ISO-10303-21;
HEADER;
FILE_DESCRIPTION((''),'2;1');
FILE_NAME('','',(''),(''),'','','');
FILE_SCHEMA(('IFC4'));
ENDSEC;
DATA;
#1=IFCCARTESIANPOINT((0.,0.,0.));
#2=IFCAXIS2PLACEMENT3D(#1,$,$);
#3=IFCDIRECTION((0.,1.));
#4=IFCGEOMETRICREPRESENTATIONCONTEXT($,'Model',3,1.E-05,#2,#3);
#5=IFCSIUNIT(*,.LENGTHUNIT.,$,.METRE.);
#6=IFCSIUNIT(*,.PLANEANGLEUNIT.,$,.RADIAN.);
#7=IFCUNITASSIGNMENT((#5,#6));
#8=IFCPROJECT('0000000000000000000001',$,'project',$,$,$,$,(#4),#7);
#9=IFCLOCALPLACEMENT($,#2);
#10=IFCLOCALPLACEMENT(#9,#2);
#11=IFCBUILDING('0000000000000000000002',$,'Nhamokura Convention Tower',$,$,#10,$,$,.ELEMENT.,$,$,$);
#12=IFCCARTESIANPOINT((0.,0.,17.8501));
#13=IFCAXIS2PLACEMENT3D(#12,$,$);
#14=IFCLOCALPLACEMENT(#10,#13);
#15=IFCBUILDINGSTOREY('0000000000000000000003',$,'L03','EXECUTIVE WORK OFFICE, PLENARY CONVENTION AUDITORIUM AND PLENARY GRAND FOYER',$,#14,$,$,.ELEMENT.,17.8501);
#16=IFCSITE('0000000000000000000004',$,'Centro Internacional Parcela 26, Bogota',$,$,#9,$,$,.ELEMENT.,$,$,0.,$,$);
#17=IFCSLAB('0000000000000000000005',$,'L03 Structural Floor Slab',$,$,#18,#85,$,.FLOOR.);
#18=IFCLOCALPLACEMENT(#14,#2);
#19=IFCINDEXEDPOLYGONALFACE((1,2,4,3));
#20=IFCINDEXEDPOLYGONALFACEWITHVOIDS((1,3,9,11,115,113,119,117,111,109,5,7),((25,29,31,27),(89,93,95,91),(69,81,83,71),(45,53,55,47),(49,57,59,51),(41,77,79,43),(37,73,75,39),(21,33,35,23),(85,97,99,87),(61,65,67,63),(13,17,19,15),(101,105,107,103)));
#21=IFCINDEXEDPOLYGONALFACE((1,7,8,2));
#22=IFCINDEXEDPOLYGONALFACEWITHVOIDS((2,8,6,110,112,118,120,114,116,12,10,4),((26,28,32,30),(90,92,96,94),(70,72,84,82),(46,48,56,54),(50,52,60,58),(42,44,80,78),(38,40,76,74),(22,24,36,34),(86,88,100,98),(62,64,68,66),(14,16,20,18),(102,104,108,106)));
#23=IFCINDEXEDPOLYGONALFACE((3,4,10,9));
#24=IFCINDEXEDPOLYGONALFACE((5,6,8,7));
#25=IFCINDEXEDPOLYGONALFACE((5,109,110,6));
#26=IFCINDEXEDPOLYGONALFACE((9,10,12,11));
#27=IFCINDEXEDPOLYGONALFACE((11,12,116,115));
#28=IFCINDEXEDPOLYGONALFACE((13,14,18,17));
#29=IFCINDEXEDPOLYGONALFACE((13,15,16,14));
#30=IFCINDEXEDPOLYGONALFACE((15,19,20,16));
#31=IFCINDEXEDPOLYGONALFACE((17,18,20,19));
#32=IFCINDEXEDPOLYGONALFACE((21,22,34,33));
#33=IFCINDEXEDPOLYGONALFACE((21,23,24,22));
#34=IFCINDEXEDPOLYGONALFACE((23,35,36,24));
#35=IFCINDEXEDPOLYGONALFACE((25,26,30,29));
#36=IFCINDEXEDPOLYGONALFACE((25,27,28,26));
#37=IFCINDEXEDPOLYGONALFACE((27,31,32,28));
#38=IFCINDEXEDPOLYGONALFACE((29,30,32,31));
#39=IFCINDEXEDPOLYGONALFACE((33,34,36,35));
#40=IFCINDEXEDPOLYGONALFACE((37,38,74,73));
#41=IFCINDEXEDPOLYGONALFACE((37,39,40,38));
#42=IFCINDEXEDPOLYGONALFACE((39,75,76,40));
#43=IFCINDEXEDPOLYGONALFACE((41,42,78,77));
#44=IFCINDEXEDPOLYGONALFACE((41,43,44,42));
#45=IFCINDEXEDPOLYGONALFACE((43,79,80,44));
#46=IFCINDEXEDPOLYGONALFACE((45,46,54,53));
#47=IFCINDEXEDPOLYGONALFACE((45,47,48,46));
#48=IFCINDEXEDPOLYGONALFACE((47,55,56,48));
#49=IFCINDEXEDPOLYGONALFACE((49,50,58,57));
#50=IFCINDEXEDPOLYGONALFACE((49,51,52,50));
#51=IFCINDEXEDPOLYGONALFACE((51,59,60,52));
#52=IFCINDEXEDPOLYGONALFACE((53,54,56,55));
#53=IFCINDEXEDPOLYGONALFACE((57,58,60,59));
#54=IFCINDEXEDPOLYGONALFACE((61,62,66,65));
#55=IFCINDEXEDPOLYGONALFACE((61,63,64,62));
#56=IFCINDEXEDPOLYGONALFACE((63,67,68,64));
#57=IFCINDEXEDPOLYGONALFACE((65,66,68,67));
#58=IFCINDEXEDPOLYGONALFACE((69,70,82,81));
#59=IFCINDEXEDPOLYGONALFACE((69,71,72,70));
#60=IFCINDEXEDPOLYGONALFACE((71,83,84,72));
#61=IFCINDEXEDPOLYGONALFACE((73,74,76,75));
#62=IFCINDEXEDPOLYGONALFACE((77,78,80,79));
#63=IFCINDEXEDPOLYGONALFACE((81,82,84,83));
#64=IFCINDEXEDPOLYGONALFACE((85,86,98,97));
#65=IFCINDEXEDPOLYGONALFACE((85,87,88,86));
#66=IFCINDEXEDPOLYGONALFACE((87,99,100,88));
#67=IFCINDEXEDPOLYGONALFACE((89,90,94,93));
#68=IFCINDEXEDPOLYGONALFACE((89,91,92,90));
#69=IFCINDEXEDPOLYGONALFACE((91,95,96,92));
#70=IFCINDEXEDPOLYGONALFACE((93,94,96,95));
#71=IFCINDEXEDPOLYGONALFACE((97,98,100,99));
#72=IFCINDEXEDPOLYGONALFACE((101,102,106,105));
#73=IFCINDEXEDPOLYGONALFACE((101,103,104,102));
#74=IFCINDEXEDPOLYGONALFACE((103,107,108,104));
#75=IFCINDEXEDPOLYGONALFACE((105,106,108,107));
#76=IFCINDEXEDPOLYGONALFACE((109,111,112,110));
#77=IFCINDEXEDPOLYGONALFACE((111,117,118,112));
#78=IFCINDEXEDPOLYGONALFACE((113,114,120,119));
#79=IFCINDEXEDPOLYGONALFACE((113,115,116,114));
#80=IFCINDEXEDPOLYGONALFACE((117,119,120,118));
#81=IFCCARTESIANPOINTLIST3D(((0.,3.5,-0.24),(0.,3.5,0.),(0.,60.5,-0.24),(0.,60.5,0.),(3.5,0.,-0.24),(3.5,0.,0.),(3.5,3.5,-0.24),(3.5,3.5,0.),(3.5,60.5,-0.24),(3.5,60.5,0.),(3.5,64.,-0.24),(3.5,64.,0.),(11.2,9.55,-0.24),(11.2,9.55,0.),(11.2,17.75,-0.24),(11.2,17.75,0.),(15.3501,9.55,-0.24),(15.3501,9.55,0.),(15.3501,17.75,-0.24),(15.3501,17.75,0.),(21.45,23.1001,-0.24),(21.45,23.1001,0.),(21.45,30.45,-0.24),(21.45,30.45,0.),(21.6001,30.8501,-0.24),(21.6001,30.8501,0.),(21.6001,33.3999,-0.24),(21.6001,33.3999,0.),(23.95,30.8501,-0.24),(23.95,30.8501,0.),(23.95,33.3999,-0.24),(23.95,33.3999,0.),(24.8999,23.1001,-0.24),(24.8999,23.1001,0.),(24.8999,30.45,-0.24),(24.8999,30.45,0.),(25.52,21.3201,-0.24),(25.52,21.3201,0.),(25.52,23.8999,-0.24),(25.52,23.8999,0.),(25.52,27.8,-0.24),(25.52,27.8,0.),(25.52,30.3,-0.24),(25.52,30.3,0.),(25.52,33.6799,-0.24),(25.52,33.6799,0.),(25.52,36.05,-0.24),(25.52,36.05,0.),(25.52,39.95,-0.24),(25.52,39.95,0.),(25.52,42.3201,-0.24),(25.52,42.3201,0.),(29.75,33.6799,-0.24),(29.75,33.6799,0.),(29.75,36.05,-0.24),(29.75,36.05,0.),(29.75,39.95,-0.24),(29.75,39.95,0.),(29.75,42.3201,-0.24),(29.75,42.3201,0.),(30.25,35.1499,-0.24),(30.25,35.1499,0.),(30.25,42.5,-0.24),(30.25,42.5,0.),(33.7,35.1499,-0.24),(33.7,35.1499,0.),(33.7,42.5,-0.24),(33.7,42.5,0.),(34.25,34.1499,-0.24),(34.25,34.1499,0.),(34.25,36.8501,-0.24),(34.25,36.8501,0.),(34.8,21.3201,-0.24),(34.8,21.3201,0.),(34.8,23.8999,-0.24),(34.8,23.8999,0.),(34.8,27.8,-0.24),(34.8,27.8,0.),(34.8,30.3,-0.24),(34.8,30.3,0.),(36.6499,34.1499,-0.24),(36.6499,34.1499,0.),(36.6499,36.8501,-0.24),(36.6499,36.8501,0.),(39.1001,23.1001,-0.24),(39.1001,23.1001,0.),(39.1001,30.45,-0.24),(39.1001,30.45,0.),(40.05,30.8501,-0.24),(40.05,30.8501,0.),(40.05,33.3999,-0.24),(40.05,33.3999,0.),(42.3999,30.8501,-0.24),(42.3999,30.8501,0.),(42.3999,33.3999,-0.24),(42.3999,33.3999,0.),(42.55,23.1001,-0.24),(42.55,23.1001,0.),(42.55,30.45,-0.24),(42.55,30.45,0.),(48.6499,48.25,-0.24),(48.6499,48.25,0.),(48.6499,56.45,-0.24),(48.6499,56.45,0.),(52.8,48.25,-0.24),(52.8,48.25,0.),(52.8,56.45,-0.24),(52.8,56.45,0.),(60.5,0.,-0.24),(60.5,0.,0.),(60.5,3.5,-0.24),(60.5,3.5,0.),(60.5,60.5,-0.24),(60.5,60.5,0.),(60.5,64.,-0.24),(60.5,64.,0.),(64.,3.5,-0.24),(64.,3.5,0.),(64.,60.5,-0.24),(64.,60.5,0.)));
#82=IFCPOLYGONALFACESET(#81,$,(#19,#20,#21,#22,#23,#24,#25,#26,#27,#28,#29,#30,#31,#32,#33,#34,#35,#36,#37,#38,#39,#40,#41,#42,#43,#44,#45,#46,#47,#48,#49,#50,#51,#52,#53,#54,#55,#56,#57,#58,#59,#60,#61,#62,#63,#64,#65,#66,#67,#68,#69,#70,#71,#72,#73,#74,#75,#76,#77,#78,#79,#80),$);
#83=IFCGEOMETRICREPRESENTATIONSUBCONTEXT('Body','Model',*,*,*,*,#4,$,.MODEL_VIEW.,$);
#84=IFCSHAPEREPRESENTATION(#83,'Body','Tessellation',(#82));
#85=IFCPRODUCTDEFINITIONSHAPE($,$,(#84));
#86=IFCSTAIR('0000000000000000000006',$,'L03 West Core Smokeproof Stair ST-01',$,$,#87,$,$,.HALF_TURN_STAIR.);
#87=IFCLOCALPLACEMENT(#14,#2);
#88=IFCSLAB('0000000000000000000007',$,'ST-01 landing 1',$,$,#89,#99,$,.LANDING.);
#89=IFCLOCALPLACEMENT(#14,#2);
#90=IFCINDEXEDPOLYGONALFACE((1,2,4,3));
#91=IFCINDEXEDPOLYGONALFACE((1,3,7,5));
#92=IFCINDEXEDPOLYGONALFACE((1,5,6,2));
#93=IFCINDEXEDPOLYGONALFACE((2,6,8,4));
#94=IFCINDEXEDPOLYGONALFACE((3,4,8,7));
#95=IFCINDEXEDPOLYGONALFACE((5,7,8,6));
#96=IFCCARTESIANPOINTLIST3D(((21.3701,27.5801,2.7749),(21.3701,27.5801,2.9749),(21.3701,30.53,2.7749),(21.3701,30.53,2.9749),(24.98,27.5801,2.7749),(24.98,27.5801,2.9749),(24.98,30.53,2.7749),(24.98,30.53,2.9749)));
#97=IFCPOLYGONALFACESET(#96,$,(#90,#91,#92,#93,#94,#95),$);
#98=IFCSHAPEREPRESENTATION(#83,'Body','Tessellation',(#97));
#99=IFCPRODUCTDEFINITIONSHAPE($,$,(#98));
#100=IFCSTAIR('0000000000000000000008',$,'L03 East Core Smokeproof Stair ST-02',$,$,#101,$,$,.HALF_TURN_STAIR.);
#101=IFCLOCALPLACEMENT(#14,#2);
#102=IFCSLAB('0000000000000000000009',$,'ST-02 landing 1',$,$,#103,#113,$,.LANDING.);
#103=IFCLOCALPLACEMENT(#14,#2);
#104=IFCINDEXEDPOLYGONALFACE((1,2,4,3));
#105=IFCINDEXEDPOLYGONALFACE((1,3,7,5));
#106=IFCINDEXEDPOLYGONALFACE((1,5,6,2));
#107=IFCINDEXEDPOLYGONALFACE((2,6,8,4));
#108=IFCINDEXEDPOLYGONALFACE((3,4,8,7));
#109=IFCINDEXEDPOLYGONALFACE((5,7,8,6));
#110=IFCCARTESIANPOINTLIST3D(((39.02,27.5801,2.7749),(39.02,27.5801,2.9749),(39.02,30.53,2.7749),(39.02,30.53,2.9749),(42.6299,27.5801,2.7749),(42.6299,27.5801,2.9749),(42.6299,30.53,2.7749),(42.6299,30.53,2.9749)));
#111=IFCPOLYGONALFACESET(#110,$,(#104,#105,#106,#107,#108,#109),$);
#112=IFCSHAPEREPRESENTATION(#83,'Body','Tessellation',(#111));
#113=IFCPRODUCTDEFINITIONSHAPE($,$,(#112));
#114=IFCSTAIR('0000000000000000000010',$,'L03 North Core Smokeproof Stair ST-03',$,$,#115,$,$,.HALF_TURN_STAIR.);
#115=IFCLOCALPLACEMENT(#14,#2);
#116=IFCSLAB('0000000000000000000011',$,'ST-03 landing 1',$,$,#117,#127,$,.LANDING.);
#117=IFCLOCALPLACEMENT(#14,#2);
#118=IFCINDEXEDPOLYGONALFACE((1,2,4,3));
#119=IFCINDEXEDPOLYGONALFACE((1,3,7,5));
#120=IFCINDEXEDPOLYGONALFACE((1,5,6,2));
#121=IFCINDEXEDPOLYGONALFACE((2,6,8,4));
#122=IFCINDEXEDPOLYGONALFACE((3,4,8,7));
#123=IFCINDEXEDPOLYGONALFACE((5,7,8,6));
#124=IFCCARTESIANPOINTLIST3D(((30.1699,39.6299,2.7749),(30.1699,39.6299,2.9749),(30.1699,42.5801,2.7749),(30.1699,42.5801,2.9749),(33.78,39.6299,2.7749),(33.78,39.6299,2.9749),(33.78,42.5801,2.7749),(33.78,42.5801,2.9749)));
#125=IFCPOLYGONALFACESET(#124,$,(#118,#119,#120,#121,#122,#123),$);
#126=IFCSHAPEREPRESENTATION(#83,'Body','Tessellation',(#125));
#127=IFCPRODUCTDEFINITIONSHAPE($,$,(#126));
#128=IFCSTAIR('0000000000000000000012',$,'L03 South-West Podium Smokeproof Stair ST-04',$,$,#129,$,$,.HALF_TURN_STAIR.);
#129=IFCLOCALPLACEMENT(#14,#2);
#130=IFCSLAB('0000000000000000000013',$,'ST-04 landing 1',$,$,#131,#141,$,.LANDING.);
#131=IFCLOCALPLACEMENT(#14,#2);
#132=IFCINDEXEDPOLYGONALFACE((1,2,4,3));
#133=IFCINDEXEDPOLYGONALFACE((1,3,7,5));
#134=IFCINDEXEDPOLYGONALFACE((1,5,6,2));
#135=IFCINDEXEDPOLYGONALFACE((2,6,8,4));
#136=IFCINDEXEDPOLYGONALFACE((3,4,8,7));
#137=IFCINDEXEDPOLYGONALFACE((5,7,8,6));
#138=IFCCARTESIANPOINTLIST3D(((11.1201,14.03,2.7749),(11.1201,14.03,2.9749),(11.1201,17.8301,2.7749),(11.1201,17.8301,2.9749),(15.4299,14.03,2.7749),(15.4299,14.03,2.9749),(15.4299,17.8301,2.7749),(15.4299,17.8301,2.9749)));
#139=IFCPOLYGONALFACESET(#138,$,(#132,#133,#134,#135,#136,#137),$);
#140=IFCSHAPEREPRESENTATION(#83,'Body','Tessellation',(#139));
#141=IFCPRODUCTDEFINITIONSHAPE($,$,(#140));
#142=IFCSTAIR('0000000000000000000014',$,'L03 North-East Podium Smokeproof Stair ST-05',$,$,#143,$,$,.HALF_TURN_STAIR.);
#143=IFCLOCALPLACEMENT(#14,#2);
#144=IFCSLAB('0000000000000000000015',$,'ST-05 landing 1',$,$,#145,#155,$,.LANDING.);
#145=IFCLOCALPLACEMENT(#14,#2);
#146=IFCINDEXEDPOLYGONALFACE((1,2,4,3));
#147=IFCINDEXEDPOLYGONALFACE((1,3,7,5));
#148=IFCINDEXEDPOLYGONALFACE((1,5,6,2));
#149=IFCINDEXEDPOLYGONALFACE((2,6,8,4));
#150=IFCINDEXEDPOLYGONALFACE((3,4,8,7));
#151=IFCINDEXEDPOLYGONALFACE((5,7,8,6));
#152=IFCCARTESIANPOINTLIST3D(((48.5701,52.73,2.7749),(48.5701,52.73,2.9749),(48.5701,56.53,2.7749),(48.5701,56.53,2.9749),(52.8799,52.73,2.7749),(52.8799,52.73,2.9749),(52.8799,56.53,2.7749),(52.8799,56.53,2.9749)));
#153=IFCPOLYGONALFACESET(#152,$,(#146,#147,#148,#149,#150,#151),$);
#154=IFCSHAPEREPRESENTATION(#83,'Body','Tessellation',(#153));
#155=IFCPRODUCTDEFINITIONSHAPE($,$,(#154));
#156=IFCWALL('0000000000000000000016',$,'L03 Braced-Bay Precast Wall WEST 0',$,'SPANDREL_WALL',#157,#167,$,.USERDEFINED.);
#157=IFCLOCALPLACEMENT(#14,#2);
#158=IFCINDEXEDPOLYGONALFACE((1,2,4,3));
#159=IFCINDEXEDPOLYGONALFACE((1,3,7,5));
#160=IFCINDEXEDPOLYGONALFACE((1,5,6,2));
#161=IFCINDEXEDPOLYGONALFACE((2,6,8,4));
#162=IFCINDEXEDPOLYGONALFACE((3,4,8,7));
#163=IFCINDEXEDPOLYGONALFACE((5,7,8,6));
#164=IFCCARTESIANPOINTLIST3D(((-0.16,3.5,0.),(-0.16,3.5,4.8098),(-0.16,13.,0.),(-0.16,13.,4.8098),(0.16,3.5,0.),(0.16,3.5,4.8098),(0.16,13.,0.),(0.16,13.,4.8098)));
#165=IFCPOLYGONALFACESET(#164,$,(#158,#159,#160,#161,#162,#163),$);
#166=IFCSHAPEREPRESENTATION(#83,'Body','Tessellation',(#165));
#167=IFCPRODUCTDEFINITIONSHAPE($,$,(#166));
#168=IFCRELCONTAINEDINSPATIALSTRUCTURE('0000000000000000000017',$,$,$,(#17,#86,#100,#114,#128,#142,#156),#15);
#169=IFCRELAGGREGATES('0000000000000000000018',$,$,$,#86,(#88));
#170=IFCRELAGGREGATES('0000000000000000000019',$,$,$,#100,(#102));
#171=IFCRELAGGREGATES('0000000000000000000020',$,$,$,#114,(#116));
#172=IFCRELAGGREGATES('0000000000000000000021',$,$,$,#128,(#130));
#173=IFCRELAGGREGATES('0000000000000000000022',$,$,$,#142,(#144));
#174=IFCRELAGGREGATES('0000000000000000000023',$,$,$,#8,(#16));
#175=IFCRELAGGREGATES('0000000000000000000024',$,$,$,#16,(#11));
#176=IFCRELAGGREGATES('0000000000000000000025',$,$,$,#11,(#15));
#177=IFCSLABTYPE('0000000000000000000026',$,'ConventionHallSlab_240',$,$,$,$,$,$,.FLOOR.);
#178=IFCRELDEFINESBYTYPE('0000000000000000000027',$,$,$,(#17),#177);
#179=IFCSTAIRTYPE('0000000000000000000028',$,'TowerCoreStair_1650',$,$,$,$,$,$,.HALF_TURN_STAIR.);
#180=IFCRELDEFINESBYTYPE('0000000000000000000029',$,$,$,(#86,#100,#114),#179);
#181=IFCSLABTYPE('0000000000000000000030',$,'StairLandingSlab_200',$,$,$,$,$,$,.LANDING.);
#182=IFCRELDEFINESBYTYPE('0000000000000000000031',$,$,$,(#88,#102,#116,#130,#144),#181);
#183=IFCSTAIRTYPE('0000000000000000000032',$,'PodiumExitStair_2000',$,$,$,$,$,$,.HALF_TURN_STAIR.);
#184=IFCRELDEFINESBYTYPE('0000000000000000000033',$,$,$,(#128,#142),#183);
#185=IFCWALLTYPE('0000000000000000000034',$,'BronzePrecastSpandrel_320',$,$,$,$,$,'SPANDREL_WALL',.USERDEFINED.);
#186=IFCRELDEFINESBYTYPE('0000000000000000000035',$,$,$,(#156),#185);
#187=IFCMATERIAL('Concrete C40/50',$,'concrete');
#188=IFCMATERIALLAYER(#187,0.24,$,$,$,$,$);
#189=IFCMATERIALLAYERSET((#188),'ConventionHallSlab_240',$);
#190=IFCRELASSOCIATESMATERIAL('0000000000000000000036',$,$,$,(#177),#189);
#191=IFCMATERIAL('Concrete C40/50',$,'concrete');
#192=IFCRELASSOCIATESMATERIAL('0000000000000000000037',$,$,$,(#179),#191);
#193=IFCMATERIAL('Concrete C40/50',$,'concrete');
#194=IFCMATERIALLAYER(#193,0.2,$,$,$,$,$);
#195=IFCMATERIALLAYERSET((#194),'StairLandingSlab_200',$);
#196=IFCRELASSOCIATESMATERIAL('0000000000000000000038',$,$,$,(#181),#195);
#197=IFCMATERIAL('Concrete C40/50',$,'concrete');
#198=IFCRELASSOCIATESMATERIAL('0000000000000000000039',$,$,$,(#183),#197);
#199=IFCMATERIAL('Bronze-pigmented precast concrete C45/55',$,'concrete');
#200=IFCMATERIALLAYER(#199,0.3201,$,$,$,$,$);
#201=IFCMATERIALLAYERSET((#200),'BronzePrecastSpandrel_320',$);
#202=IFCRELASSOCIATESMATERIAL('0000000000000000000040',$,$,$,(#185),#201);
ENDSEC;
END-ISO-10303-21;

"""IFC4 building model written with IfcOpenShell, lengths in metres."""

from ifc_helpers import new_model, si_unit, direction, frame, frame_2d, origin, place, context, subcontext, project, spatial, polyline, rectangle, outline, extrude, material, layer, layer_set, type_object, element, aggregate, save


model = new_model("IFC4")

# Units and contexts
model_context = context("Model", 3, precision=1e-05, world=origin(), true_north=direction((0.0, 1.0)))
body_context = subcontext(model_context, "Body", "Model", "MODEL_VIEW")
ifc_project = project(units=[si_unit("LENGTHUNIT", "METRE"), si_unit("PLANEANGLEUNIT", "RADIAN")], contexts=[model_context])

# Site, building, storey
site_placement = place(None, origin())
site = spatial("IfcSite", under=ifc_project, at=site_placement, Name="Centro Internacional Parcela 26, Bogota", CompositionType="ELEMENT", RefElevation=0.0)
building_placement = place(site_placement, origin())
building = spatial("IfcBuilding", under=site, at=building_placement, Name="Nhamokura Convention Tower", CompositionType="ELEMENT")
storey_placement = place(building_placement, frame((0.0, 0.0, 17.8501)))
storey = spatial("IfcBuildingStorey", under=building, at=storey_placement, Name="L03", Description="EXECUTIVE WORK OFFICE, PLENARY CONVENTION AUDITORIUM AND PLENARY GRAND FOYER", CompositionType="ELEMENT", Elevation=17.8501)

# Slab
ifc_material_1 = material(Name="Concrete C40/50", Category="concrete")
ifc_layer_1 = layer(ifc_material_1, 0.24)
ifc_layer_set_1 = layer_set([ifc_layer_1], Name="ConventionHallSlab_240")
slab_type_1 = type_object("IfcSlabType", Name="ConventionHallSlab_240", PredefinedType="FLOOR", material=ifc_layer_set_1)
slab_1_placement = place(storey_placement, frame((0.0, 0.0, -0.24)))
element("IfcSlab", 1, at=slab_1_placement, inside=storey, type_object=slab_type_1, Name="L03 Structural Floor Slab", PredefinedType="FLOOR", context=body_context, shape_type="SweptSolid", body=[
    extrude(outline(polyline([(3.5, 0.0), (60.5, 0.0), (60.5, 3.5), (64.0, 3.5), (64.0, 60.5), (60.5, 60.5), (60.5, 64.0), (3.5, 64.0), (3.5, 60.5), (0.0, 60.5), (0.0, 3.5), (3.5, 3.5), (3.5, 0.0)]), holes=[polyline([(24.8999, 23.1001), (24.8999, 30.45), (21.45, 30.45), (21.45, 23.1001), (24.8999, 23.1001)]), polyline([(42.55, 23.1001), (42.55, 30.45), (39.1001, 30.45), (39.1001, 23.1001), (42.55, 23.1001)]), polyline([(33.7, 35.1499), (33.7, 42.5), (30.25, 42.5), (30.25, 35.1499), (33.7, 35.1499)]), polyline([(15.3501, 9.55), (15.3501, 17.75), (11.2, 17.75), (11.2, 9.55), (15.3501, 9.55)]), polyline([(52.8, 48.25), (52.8, 56.45), (48.6499, 56.45), (48.6499, 48.25), (52.8, 48.25)]), polyline([(21.6001, 30.8501), (23.95, 30.8501), (23.95, 33.3999), (21.6001, 33.3999), (21.6001, 30.8501)]), polyline([(40.05, 30.8501), (42.3999, 30.8501), (42.3999, 33.3999), (40.05, 33.3999), (40.05, 30.8501)]), polyline([(34.25, 34.1499), (36.6499, 34.1499), (36.6499, 36.8501), (34.25, 36.8501), (34.25, 34.1499)]), polyline([(25.52, 21.3201), (34.8, 21.3201), (34.8, 23.8999), (25.52, 23.8999), (25.52, 21.3201)]), polyline([(25.52, 27.8), (34.8, 27.8), (34.8, 30.3), (25.52, 30.3), (25.52, 27.8)]), polyline([(25.52, 33.6799), (29.75, 33.6799), (29.75, 36.05), (25.52, 36.05), (25.52, 33.6799)]), polyline([(25.52, 39.95), (29.75, 39.95), (29.75, 42.3201), (25.52, 42.3201), (25.52, 39.95)])]), origin(), (0.0, 0.0, 1.0), 0.24),
])

# Stairs, slabs
ifc_material_2 = material(Name="Concrete C40/50", Category="concrete")
stair_type_1 = type_object("IfcStairType", Name="TowerCoreStair_1650", PredefinedType="HALF_TURN_STAIR", material=ifc_material_2)
stair_1_placement = place(storey_placement, origin())
stair_1 = element("IfcStair", 2, at=stair_1_placement, inside=storey, type_object=stair_type_1, Name="L03 West Core Smokeproof Stair ST-01", PredefinedType="HALF_TURN_STAIR")
ifc_material_3 = material(Name="Concrete C40/50", Category="concrete")
ifc_layer_2 = layer(ifc_material_3, 0.2)
ifc_layer_set_2 = layer_set([ifc_layer_2], Name="StairLandingSlab_200")
slab_type_2 = type_object("IfcSlabType", Name="StairLandingSlab_200", PredefinedType="LANDING", material=ifc_layer_set_2)
slab_2_placement = place(storey_placement, frame((0.0, 0.0, 2.7749)))
slab_2 = element("IfcSlab", 3, at=slab_2_placement, type_object=slab_type_2, Name="ST-01 landing 1", PredefinedType="LANDING", context=body_context, shape_type="SweptSolid", body=[
    extrude(outline(polyline([(24.98, 27.5801), (24.98, 30.53), (21.3701, 30.53), (21.3701, 27.5801), (24.98, 27.5801)])), origin(), (0.0, 0.0, 1.0), 0.2),
])
aggregate(stair_1, [slab_2])
stair_2_placement = place(storey_placement, origin())
stair_2 = element("IfcStair", 4, at=stair_2_placement, inside=storey, type_object=stair_type_1, Name="L03 East Core Smokeproof Stair ST-02", PredefinedType="HALF_TURN_STAIR")
slab_3_placement = place(storey_placement, frame((0.0, 0.0, 2.7749)))
slab_3 = element("IfcSlab", 5, at=slab_3_placement, type_object=slab_type_2, Name="ST-02 landing 1", PredefinedType="LANDING", context=body_context, shape_type="SweptSolid", body=[
    extrude(outline(polyline([(42.6299, 27.5801), (42.6299, 30.53), (39.02, 30.53), (39.02, 27.5801), (42.6299, 27.5801)])), origin(), (0.0, 0.0, 1.0), 0.2),
])
aggregate(stair_2, [slab_3])
stair_3_placement = place(storey_placement, origin())
stair_3 = element("IfcStair", 6, at=stair_3_placement, inside=storey, type_object=stair_type_1, Name="L03 North Core Smokeproof Stair ST-03", PredefinedType="HALF_TURN_STAIR")
slab_4_placement = place(storey_placement, frame((0.0, 0.0, 2.7749)))
slab_4 = element("IfcSlab", 7, at=slab_4_placement, type_object=slab_type_2, Name="ST-03 landing 1", PredefinedType="LANDING", context=body_context, shape_type="SweptSolid", body=[
    extrude(outline(polyline([(33.78, 39.6299), (33.78, 42.5801), (30.1699, 42.5801), (30.1699, 39.6299), (33.78, 39.6299)])), origin(), (0.0, 0.0, 1.0), 0.2),
])
aggregate(stair_3, [slab_4])
ifc_material_4 = material(Name="Concrete C40/50", Category="concrete")
stair_type_2 = type_object("IfcStairType", Name="PodiumExitStair_2000", PredefinedType="HALF_TURN_STAIR", material=ifc_material_4)
stair_4_placement = place(storey_placement, origin())
stair_4 = element("IfcStair", 8, at=stair_4_placement, inside=storey, type_object=stair_type_2, Name="L03 South-West Podium Smokeproof Stair ST-04", PredefinedType="HALF_TURN_STAIR")
slab_5_placement = place(storey_placement, frame((0.0, 0.0, 2.7749)))
slab_5 = element("IfcSlab", 9, at=slab_5_placement, type_object=slab_type_2, Name="ST-04 landing 1", PredefinedType="LANDING", context=body_context, shape_type="SweptSolid", body=[
    extrude(outline(polyline([(15.4299, 14.03), (15.4299, 17.8301), (11.1201, 17.8301), (11.1201, 14.03), (15.4299, 14.03)])), origin(), (0.0, 0.0, 1.0), 0.2),
])
aggregate(stair_4, [slab_5])
stair_5_placement = place(storey_placement, origin())
stair_5 = element("IfcStair", 10, at=stair_5_placement, inside=storey, type_object=stair_type_2, Name="L03 North-East Podium Smokeproof Stair ST-05", PredefinedType="HALF_TURN_STAIR")
slab_6_placement = place(storey_placement, frame((0.0, 0.0, 2.7749)))
slab_6 = element("IfcSlab", 11, at=slab_6_placement, type_object=slab_type_2, Name="ST-05 landing 1", PredefinedType="LANDING", context=body_context, shape_type="SweptSolid", body=[
    extrude(outline(polyline([(52.8799, 52.73), (52.8799, 56.53), (48.5701, 56.53), (48.5701, 52.73), (52.8799, 52.73)])), origin(), (0.0, 0.0, 1.0), 0.2),
])
aggregate(stair_5, [slab_6])

# Wall
ifc_material_5 = material(Name="Bronze-pigmented precast concrete C45/55", Category="concrete")
ifc_layer_3 = layer(ifc_material_5, 0.3201)
ifc_layer_set_3 = layer_set([ifc_layer_3], Name="BronzePrecastSpandrel_320")
wall_type_1 = type_object("IfcWallType", Name="BronzePrecastSpandrel_320", ElementType="SPANDREL_WALL", PredefinedType="USERDEFINED", material=ifc_layer_set_3)
wall_1_placement = place(storey_placement, frame((0.0, 3.5, 0.0), z_axis=(0.0, 0.0, 1.0), x_axis=(0.0, 1.0, 0.0)))
element("IfcWall", 12, at=wall_1_placement, inside=storey, type_object=wall_type_1, Name="L03 Braced-Bay Precast Wall WEST 0", ObjectType="SPANDREL_WALL", PredefinedType="USERDEFINED", context=body_context, shape_type="SweptSolid", body=[
    extrude(rectangle(XDim=9.5, YDim=0.3201, at=frame_2d((4.75, 0.0))), origin(), (0.0, 0.0, 1.0), 4.8098),
])

save(model, "model.ifc")
